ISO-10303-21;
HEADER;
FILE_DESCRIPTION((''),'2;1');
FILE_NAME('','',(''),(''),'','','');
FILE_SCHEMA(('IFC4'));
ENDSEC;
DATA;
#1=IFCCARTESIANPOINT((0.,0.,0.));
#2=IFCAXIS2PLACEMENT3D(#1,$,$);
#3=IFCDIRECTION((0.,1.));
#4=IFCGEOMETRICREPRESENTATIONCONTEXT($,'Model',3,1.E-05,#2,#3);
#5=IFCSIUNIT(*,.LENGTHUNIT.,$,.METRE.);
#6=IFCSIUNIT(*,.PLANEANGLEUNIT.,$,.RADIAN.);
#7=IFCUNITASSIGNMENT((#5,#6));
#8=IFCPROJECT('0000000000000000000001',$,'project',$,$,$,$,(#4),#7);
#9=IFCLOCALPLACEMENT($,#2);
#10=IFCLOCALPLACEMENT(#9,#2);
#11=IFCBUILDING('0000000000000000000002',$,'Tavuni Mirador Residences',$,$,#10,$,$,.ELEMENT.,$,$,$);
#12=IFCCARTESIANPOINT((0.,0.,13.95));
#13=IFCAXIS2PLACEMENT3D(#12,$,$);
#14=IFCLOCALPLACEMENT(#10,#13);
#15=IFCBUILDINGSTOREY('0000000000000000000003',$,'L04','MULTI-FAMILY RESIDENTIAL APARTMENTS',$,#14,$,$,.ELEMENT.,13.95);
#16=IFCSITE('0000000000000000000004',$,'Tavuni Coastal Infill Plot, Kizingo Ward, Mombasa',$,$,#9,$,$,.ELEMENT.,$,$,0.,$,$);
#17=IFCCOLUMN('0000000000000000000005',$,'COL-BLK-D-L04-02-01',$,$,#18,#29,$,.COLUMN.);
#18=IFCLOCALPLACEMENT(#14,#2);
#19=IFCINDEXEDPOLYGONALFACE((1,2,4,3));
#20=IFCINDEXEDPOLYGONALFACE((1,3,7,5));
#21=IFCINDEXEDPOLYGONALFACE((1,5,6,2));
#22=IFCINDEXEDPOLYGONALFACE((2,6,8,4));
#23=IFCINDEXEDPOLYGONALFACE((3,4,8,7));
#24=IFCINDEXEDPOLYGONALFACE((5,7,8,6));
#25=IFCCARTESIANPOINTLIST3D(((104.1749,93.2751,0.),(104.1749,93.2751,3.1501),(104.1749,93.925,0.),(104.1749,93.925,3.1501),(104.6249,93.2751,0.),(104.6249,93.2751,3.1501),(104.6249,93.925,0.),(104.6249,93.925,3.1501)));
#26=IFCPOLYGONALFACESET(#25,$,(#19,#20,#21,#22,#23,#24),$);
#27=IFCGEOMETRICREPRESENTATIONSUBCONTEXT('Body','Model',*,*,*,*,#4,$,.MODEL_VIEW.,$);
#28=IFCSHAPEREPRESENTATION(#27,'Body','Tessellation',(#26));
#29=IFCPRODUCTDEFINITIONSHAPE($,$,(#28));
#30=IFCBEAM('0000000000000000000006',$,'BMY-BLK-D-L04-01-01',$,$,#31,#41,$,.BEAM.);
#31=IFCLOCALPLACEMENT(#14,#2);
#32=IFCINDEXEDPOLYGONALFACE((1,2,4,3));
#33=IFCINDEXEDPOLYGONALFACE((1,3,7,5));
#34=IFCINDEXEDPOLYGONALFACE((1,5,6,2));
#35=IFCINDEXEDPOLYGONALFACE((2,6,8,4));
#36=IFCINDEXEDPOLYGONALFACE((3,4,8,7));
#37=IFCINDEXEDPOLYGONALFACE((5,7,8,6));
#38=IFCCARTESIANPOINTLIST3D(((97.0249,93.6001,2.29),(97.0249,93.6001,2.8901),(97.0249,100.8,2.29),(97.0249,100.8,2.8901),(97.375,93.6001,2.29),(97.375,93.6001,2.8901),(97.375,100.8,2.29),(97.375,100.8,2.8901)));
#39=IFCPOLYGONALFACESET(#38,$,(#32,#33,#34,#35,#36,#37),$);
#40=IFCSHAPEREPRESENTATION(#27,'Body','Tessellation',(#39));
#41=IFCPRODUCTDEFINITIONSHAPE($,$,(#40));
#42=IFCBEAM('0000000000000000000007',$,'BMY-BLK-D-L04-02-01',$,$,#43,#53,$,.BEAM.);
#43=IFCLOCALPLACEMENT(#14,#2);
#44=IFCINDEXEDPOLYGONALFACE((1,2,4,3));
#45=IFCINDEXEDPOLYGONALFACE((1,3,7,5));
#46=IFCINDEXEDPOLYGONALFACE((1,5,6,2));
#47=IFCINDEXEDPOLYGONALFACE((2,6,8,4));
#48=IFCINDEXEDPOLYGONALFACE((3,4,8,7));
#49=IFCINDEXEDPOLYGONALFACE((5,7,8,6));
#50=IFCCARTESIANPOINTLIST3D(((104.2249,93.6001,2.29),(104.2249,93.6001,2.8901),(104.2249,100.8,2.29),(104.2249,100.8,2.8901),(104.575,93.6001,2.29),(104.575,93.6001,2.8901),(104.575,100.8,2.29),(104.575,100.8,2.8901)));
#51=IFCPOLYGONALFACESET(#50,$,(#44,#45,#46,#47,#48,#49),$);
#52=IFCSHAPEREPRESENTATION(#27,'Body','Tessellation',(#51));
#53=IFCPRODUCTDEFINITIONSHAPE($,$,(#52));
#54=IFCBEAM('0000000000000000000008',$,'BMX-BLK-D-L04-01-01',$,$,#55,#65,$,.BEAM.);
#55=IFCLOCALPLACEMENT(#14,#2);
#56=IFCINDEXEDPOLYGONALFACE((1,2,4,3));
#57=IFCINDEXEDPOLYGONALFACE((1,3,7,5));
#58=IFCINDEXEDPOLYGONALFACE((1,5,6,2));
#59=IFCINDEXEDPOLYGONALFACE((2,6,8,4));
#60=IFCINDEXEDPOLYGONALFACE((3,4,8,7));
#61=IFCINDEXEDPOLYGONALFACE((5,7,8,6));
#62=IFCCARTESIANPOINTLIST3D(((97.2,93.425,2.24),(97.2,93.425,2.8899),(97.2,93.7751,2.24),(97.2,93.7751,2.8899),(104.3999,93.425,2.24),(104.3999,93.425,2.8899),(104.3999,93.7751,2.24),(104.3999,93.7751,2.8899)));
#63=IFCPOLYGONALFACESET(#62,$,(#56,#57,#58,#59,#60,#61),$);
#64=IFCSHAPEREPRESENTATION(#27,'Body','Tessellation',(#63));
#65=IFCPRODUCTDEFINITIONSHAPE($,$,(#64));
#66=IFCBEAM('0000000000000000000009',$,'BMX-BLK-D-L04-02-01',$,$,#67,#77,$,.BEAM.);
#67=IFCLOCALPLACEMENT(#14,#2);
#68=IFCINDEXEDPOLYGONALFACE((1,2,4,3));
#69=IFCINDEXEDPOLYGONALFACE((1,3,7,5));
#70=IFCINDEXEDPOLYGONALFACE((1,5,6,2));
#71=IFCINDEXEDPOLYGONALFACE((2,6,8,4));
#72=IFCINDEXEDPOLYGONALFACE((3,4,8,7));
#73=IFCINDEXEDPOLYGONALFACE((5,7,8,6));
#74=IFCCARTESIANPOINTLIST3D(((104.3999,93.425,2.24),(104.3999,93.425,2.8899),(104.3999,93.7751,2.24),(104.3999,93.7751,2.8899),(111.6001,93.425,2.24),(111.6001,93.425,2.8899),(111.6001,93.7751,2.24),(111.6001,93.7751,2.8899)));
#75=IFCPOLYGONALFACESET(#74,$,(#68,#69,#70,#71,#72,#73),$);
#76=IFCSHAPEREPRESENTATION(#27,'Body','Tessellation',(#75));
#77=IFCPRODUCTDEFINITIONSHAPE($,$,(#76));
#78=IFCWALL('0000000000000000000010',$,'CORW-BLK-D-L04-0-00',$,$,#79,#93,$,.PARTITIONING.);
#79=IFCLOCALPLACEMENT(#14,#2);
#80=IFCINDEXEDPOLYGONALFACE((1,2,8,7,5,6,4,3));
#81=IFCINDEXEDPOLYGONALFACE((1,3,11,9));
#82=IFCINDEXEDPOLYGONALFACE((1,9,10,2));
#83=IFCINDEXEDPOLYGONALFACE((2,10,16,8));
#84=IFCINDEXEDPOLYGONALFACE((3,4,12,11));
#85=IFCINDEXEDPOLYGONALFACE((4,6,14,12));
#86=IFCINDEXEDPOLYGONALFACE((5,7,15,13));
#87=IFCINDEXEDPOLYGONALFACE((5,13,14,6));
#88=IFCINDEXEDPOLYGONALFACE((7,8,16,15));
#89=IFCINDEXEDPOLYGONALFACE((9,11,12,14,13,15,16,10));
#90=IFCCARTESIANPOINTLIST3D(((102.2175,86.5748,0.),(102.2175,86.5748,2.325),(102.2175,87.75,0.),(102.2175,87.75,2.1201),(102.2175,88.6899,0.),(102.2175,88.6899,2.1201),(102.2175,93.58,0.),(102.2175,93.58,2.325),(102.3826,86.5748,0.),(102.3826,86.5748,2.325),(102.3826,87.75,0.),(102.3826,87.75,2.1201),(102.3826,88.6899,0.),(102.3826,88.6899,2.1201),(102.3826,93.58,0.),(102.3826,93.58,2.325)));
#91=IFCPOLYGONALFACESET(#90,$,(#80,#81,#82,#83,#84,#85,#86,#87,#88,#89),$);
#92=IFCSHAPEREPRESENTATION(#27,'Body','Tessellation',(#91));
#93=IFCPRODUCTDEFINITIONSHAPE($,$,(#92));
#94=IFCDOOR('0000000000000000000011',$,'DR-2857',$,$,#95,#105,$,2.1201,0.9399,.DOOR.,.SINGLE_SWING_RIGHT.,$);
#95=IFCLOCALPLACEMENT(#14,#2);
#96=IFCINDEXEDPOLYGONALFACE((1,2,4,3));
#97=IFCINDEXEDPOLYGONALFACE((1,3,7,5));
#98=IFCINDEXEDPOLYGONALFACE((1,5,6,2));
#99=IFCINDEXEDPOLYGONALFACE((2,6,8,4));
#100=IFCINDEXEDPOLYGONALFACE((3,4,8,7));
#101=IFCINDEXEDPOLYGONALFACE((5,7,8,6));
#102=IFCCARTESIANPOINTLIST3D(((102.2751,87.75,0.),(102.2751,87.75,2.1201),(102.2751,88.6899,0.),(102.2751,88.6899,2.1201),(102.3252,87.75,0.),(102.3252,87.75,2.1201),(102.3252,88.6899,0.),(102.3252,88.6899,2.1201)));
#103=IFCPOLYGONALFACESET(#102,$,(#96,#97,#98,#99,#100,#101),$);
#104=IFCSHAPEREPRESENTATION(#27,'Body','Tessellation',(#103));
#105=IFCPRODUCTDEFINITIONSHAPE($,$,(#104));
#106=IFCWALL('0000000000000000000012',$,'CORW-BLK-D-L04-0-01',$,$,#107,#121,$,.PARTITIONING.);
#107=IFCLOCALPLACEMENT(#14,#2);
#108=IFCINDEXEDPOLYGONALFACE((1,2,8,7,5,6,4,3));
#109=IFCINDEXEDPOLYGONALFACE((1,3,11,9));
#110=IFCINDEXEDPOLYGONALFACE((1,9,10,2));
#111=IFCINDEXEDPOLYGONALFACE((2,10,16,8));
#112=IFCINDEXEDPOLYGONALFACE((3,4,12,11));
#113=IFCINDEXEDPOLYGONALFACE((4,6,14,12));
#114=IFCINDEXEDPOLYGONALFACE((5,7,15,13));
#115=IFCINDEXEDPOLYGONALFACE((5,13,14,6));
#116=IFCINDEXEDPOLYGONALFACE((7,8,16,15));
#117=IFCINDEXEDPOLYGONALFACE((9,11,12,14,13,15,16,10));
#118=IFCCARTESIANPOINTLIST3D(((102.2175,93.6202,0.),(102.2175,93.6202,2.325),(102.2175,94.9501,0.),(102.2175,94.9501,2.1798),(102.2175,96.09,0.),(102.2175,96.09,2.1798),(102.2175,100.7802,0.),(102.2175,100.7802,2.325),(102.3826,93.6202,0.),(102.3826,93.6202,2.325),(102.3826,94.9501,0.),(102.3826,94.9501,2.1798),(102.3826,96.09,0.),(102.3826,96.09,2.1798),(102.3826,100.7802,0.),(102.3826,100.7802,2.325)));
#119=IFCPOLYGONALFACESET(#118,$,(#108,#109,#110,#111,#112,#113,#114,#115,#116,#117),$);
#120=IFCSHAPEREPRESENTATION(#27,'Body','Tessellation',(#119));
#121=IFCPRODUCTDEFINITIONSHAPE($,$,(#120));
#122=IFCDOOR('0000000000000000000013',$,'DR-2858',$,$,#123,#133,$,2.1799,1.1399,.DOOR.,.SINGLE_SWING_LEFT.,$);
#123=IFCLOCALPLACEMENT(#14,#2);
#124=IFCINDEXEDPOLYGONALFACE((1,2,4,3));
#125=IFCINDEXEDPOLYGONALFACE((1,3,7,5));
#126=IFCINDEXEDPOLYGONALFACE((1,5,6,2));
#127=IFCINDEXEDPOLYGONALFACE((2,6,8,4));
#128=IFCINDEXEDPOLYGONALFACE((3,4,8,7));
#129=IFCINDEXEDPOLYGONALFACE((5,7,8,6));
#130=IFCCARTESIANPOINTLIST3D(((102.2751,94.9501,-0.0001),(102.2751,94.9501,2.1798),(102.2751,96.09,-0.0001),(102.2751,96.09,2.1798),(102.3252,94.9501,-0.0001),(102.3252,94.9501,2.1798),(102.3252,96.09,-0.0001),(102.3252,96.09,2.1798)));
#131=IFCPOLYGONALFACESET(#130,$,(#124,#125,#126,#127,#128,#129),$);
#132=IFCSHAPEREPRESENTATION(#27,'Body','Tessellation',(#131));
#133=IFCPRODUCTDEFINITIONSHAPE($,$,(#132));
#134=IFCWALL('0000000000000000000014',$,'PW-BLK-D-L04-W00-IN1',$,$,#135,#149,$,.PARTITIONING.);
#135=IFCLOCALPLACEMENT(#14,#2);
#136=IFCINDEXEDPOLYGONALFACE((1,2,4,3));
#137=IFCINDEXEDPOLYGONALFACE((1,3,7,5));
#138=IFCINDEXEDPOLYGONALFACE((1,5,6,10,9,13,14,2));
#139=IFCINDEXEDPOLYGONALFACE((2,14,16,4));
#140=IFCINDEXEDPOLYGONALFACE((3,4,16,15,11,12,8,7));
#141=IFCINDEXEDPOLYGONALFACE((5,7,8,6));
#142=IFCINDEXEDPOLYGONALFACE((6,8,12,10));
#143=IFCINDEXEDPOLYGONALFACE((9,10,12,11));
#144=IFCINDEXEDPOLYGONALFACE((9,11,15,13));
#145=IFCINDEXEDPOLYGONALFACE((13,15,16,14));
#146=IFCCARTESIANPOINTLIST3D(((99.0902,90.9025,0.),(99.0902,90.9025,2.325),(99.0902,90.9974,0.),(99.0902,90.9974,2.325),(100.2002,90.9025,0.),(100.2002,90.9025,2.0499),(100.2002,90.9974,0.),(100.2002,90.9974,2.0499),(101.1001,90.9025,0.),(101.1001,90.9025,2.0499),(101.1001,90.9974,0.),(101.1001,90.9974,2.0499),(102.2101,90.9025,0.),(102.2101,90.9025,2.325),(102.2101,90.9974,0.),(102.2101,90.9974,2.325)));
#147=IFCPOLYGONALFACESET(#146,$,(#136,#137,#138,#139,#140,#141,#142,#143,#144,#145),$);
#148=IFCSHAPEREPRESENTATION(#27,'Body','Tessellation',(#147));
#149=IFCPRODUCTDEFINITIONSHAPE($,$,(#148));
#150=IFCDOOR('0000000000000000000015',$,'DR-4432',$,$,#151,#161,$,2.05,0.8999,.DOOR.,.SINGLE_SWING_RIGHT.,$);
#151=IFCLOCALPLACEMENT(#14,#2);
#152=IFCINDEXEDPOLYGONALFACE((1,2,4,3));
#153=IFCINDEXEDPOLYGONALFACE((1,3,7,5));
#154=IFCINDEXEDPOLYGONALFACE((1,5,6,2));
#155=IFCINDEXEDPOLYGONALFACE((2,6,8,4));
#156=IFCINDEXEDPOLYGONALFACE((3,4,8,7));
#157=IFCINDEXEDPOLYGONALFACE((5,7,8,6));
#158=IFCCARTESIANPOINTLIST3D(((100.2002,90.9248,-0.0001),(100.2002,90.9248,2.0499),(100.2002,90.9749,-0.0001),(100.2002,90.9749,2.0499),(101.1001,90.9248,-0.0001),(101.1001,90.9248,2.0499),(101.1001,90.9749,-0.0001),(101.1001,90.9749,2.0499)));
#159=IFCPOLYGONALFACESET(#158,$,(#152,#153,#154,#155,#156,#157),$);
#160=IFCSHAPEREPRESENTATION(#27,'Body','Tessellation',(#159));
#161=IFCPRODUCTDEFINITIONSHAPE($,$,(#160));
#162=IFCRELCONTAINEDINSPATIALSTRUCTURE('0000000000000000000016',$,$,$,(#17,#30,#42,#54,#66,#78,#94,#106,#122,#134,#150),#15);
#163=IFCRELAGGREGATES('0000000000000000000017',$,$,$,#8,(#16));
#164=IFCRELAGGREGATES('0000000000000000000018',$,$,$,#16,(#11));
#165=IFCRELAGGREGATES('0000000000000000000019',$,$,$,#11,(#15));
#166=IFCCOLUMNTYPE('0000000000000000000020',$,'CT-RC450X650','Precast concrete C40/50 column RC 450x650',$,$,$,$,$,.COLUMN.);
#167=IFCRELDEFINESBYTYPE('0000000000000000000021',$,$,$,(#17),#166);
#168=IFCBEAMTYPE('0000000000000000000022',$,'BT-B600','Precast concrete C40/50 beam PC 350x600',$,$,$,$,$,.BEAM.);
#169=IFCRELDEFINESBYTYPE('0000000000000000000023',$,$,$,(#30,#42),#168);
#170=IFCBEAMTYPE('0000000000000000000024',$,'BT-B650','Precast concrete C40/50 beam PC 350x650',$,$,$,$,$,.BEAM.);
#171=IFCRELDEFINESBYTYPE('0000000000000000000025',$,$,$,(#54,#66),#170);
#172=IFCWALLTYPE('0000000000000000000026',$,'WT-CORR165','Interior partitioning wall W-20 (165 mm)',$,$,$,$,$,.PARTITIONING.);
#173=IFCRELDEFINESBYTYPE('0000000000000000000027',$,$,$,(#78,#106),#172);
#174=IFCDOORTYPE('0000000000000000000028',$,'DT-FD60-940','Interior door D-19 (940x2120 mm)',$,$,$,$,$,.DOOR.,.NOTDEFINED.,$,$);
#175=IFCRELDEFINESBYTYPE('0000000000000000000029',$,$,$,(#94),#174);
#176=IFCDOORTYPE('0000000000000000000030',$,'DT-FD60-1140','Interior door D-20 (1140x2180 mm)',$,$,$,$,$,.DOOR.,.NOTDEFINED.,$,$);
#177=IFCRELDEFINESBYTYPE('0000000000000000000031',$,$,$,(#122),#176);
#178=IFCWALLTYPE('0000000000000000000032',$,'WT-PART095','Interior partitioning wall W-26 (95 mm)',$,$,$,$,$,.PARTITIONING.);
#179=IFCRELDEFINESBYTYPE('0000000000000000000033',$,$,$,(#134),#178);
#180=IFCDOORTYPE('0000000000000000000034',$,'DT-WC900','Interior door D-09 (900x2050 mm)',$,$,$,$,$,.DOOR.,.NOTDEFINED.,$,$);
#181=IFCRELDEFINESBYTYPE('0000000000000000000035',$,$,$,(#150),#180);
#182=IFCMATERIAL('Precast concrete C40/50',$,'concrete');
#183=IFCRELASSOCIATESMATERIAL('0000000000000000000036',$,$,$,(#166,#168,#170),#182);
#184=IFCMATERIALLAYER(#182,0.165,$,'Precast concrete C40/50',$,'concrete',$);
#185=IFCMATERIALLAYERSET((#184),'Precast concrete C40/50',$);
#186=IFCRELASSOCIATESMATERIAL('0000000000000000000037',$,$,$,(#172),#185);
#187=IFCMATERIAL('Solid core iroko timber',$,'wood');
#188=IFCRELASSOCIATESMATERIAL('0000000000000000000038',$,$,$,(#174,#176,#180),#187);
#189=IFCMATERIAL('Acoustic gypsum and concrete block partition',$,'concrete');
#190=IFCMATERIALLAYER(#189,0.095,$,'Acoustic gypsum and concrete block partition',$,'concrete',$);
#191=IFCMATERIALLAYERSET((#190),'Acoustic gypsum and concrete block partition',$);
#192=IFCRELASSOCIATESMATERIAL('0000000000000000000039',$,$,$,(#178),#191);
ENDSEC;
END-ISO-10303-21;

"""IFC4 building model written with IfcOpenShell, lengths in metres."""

from ifc_helpers import new_model, si_unit, direction, frame, frame_2d, origin, origin_2d, place, context, subcontext, project, spatial, rectangle, extrude, material, layer, layer_set, material_profile, profile_set, type_object, element, fill, save


model = new_model("IFC4")

# Units and contexts
model_context = context("Model", 3, precision=1e-05, world=origin(), true_north=direction((0.0, 1.0)))
body_context = subcontext(model_context, "Body", "Model", "MODEL_VIEW")
ifc_project = project(units=[si_unit("LENGTHUNIT", "METRE"), si_unit("PLANEANGLEUNIT", "RADIAN")], contexts=[model_context])

# Site, building, storey
site_placement = place(None, origin())
site = spatial("IfcSite", under=ifc_project, at=site_placement, Name="Tavuni Coastal Infill Plot, Kizingo Ward, Mombasa", CompositionType="ELEMENT", RefElevation=0.0)
building_placement = place(site_placement, origin())
building = spatial("IfcBuilding", under=site, at=building_placement, Name="Tavuni Mirador Residences", CompositionType="ELEMENT")
storey_placement = place(building_placement, frame((0.0, 0.0, 13.95)))
storey = spatial("IfcBuildingStorey", under=building, at=storey_placement, Name="L04", Description="MULTI-FAMILY RESIDENTIAL APARTMENTS", CompositionType="ELEMENT", Elevation=13.95)

# Column
ifc_material_1 = material(Name="Precast concrete C40/50", Category="concrete")
ifc_material_profile_1 = material_profile(ifc_material_1, rectangle(XDim=0.45, YDim=0.6499, at=origin_2d()), Name="RC 450x650", Category="concrete")
ifc_profile_set_1 = profile_set([ifc_material_profile_1], Name="Precast concrete C40/50")
column_type = type_object("IfcColumnType", Name="CT-RC450X650", Description="Precast concrete C40/50 column RC 450x650", PredefinedType="COLUMN", material=ifc_profile_set_1)
column_placement = place(storey_placement, frame((104.3999, 93.6001, 0.0), z_axis=(0.0, 0.0, 1.0), x_axis=(1.0, 0.0, 0.0)))
element("IfcColumn", 1, at=column_placement, inside=storey, type_object=column_type, Name="COL-BLK-D-L04-02-01", PredefinedType="COLUMN", context=body_context, shape_type="SweptSolid", body=[
    extrude(rectangle(XDim=0.45, YDim=0.6499, at=origin_2d()), origin(), (0.0, 0.0, 1.0), 3.1501),
])

# Beams
ifc_material_profile_2 = material_profile(ifc_material_1, rectangle(XDim=0.3501, YDim=0.6001, at=origin_2d()), Name="PC 350x600", Category="concrete")
ifc_profile_set_2 = profile_set([ifc_material_profile_2], Name="Precast concrete C40/50")
beam_type_1 = type_object("IfcBeamType", Name="BT-B600", Description="Precast concrete C40/50 beam PC 350x600", PredefinedType="BEAM", material=ifc_profile_set_2)
for number, where, z_axis, x_axis, name in (
    (2, (97.2, 93.6001, 2.5901), (0.0, 1.0, 0.0), (-1.0, 0.0, 0.0), "BMY-BLK-D-L04-01-01"),
    (3, (104.3999, 93.6001, 2.5901), (0.0, 1.0, 0.0), (-1.0, 0.0, 0.0), "BMY-BLK-D-L04-02-01"),
):
    element("IfcBeam", number, at=place(storey_placement, frame(where, z_axis=z_axis, x_axis=x_axis)), inside=storey, type_object=beam_type_1, Name=name, PredefinedType="BEAM", context=body_context, shape_type="SweptSolid", body=[
        extrude(rectangle(XDim=0.3501, YDim=0.6001, at=origin_2d()), origin(), (0.0, 0.0, 1.0), 7.2),
    ])
ifc_material_profile_3 = material_profile(ifc_material_1, rectangle(XDim=0.3501, YDim=0.6499, at=origin_2d()), Name="PC 350x650", Category="concrete")
ifc_profile_set_3 = profile_set([ifc_material_profile_3], Name="Precast concrete C40/50")
beam_type_2 = type_object("IfcBeamType", Name="BT-B650", Description="Precast concrete C40/50 beam PC 350x650", PredefinedType="BEAM", material=ifc_profile_set_3)
beam_1_placement = place(storey_placement, frame((97.2, 93.6001, 2.5649), z_axis=(1.0, 0.0, 0.0), x_axis=(0.0, 1.0, 0.0)))
element("IfcBeam", 4, at=beam_1_placement, inside=storey, type_object=beam_type_2, Name="BMX-BLK-D-L04-01-01", PredefinedType="BEAM", context=body_context, shape_type="SweptSolid", body=[
    extrude(rectangle(XDim=0.3501, YDim=0.6499, at=origin_2d()), origin(), (0.0, 0.0, 1.0), 7.2),
])
beam_2_placement = place(storey_placement, frame((104.3999, 93.6001, 2.5649), z_axis=(1.0, 0.0, 0.0), x_axis=(0.0, 1.0, 0.0)))
element("IfcBeam", 5, at=beam_2_placement, inside=storey, type_object=beam_type_2, Name="BMX-BLK-D-L04-02-01", PredefinedType="BEAM", context=body_context, shape_type="SweptSolid", body=[
    extrude(rectangle(XDim=0.3501, YDim=0.6499, at=origin_2d()), origin(), (0.0, 0.0, 1.0), 7.2002),
])

# Walls, openings, doors
ifc_material_2 = material(Name="Solid core iroko timber", Category="wood")
ifc_layer_1 = layer(ifc_material_1, 0.165, Name="Precast concrete C40/50", Category="concrete")
ifc_layer_set_1 = layer_set([ifc_layer_1], Name="Precast concrete C40/50")
wall_type_1 = type_object("IfcWallType", Name="WT-CORR165", Description="Interior partitioning wall W-20 (165 mm)", PredefinedType="PARTITIONING", material=ifc_layer_set_1)
wall_1_placement = place(storey_placement, frame((102.3, 86.575, 0.0), z_axis=(0.0, 0.0, 1.0), x_axis=(0.0, 1.0, 0.0)))
wall_1 = element("IfcWall", 6, at=wall_1_placement, inside=storey, type_object=wall_type_1, Name="CORW-BLK-D-L04-0-00", PredefinedType="PARTITIONING", context=body_context, shape_type="SweptSolid", body=[
    extrude(rectangle(XDim=7.0051, YDim=0.165, at=frame_2d((3.5024, 0.0))), origin(), (0.0, 0.0, 1.0), 2.325),
])
opening_1_placement = place(wall_1_placement, frame((1.175, 0.0, 0.0)))
opening_1 = element("IfcOpeningElement", 7, at=opening_1_placement, cuts=wall_1, PredefinedType="OPENING", context=body_context, shape_type="SweptSolid", body=[
    extrude(rectangle(XDim=0.9399, YDim=2.1201, at=frame_2d((0.47, 1.0601))), frame((0.0, 0.0925, 0.0), z_axis=(0.0, -1.0, 0.0), x_axis=(1.0, 0.0, 0.0)), (0.0, 0.0, 1.0), 0.1851),
])
door_type_1 = type_object("IfcDoorType", Name="DT-FD60-940", Description="Interior door D-19 (940x2120 mm)", OperationType="NOTDEFINED", PredefinedType="DOOR", material=ifc_material_2)
door_1_placement = place(opening_1_placement, origin())
door_1 = element("IfcDoor", 8, at=door_1_placement, inside=storey, type_object=door_type_1, Name="DR-2857", OperationType="SINGLE_SWING_RIGHT", OverallHeight=2.1201, OverallWidth=0.9399, PredefinedType="DOOR", context=body_context, shape_type="SweptSolid", body=[
    extrude(rectangle(XDim=0.9399, YDim=2.1201, at=frame_2d((0.47, 1.0601))), frame((0.0, 0.0249, 0.0), z_axis=(0.0, -1.0, 0.0), x_axis=(1.0, 0.0, 0.0)), (0.0, 0.0, 1.0), 0.05),
])
fill(opening_1, door_1)
wall_2_placement = place(storey_placement, frame((102.3, 93.6201, 0.0), z_axis=(0.0, 0.0, 1.0), x_axis=(0.0, 1.0, 0.0)))
wall_2 = element("IfcWall", 9, at=wall_2_placement, inside=storey, type_object=wall_type_1, Name="CORW-BLK-D-L04-0-01", PredefinedType="PARTITIONING", context=body_context, shape_type="SweptSolid", body=[
    extrude(rectangle(XDim=7.1599, YDim=0.165, at=frame_2d((3.5801, 0.0))), origin(), (0.0, 0.0, 1.0), 2.325),
])
opening_2_placement = place(wall_2_placement, frame((1.3301, 0.0, 0.0)))
opening_2 = element("IfcOpeningElement", 10, at=opening_2_placement, cuts=wall_2, PredefinedType="OPENING", context=body_context, shape_type="SweptSolid", body=[
    extrude(rectangle(XDim=1.1399, YDim=2.1799, at=frame_2d((0.5698, 1.0898))), frame((0.0, 0.0925, 0.0), z_axis=(0.0, -1.0, 0.0), x_axis=(1.0, 0.0, 0.0)), (0.0, 0.0, 1.0), 0.1851),
])
door_type_2 = type_object("IfcDoorType", Name="DT-FD60-1140", Description="Interior door D-20 (1140x2180 mm)", OperationType="NOTDEFINED", PredefinedType="DOOR", material=ifc_material_2)
door_2_placement = place(opening_2_placement, origin())
door_2 = element("IfcDoor", 11, at=door_2_placement, inside=storey, type_object=door_type_2, Name="DR-2858", OperationType="SINGLE_SWING_LEFT", OverallHeight=2.1799, OverallWidth=1.1399, PredefinedType="DOOR", context=body_context, shape_type="SweptSolid", body=[
    extrude(rectangle(XDim=1.1399, YDim=2.1799, at=frame_2d((0.5698, 1.0898))), frame((0.0, 0.0249, 0.0), z_axis=(0.0, -1.0, 0.0), x_axis=(1.0, 0.0, 0.0)), (0.0, 0.0, 1.0), 0.05),
])
fill(opening_2, door_2)
ifc_material_3 = material(Name="Acoustic gypsum and concrete block partition", Category="concrete")
ifc_layer_2 = layer(ifc_material_3, 0.095, Name="Acoustic gypsum and concrete block partition", Category="concrete")
ifc_layer_set_2 = layer_set([ifc_layer_2], Name="Acoustic gypsum and concrete block partition")
wall_type_2 = type_object("IfcWallType", Name="WT-PART095", Description="Interior partitioning wall W-26 (95 mm)", PredefinedType="PARTITIONING", material=ifc_layer_set_2)
wall_3_placement = place(storey_placement, frame((99.0901, 90.95, 0.0), z_axis=(0.0, 0.0, 1.0), x_axis=(1.0, 0.0, 0.0)))
wall_3 = element("IfcWall", 12, at=wall_3_placement, inside=storey, type_object=wall_type_2, Name="PW-BLK-D-L04-W00-IN1", PredefinedType="PARTITIONING", context=body_context, shape_type="SweptSolid", body=[
    extrude(rectangle(XDim=3.1199, YDim=0.095, at=frame_2d((1.5601, 0.0))), origin(), (0.0, 0.0, 1.0), 2.325),
])
opening_3_placement = place(wall_3_placement, frame((1.1101, 0.0, 0.0)))
opening_3 = element("IfcOpeningElement", 13, at=opening_3_placement, cuts=wall_3, PredefinedType="OPENING", context=body_context, shape_type="SweptSolid", body=[
    extrude(rectangle(XDim=0.8999, YDim=2.05, at=frame_2d((0.45, 1.0249))), frame((0.0, 0.0576, 0.0), z_axis=(0.0, -1.0, 0.0), x_axis=(1.0, 0.0, 0.0)), (0.0, 0.0, 1.0), 0.115),
])
door_type_3 = type_object("IfcDoorType", Name="DT-WC900", Description="Interior door D-09 (900x2050 mm)", OperationType="NOTDEFINED", PredefinedType="DOOR", material=ifc_material_2)
door_3_placement = place(opening_3_placement, origin())
door_3 = element("IfcDoor", 14, at=door_3_placement, inside=storey, type_object=door_type_3, Name="DR-4432", OperationType="SINGLE_SWING_RIGHT", OverallHeight=2.05, OverallWidth=0.8999, PredefinedType="DOOR", context=body_context, shape_type="SweptSolid", body=[
    extrude(rectangle(XDim=0.8999, YDim=2.05, at=frame_2d((0.45, 1.0249))), frame((0.0, 0.0249, 0.0), z_axis=(0.0, -1.0, 0.0), x_axis=(1.0, 0.0, 0.0)), (0.0, 0.0, 1.0), 0.05),
])
fill(opening_3, door_3)

save(model, "model.ifc")
